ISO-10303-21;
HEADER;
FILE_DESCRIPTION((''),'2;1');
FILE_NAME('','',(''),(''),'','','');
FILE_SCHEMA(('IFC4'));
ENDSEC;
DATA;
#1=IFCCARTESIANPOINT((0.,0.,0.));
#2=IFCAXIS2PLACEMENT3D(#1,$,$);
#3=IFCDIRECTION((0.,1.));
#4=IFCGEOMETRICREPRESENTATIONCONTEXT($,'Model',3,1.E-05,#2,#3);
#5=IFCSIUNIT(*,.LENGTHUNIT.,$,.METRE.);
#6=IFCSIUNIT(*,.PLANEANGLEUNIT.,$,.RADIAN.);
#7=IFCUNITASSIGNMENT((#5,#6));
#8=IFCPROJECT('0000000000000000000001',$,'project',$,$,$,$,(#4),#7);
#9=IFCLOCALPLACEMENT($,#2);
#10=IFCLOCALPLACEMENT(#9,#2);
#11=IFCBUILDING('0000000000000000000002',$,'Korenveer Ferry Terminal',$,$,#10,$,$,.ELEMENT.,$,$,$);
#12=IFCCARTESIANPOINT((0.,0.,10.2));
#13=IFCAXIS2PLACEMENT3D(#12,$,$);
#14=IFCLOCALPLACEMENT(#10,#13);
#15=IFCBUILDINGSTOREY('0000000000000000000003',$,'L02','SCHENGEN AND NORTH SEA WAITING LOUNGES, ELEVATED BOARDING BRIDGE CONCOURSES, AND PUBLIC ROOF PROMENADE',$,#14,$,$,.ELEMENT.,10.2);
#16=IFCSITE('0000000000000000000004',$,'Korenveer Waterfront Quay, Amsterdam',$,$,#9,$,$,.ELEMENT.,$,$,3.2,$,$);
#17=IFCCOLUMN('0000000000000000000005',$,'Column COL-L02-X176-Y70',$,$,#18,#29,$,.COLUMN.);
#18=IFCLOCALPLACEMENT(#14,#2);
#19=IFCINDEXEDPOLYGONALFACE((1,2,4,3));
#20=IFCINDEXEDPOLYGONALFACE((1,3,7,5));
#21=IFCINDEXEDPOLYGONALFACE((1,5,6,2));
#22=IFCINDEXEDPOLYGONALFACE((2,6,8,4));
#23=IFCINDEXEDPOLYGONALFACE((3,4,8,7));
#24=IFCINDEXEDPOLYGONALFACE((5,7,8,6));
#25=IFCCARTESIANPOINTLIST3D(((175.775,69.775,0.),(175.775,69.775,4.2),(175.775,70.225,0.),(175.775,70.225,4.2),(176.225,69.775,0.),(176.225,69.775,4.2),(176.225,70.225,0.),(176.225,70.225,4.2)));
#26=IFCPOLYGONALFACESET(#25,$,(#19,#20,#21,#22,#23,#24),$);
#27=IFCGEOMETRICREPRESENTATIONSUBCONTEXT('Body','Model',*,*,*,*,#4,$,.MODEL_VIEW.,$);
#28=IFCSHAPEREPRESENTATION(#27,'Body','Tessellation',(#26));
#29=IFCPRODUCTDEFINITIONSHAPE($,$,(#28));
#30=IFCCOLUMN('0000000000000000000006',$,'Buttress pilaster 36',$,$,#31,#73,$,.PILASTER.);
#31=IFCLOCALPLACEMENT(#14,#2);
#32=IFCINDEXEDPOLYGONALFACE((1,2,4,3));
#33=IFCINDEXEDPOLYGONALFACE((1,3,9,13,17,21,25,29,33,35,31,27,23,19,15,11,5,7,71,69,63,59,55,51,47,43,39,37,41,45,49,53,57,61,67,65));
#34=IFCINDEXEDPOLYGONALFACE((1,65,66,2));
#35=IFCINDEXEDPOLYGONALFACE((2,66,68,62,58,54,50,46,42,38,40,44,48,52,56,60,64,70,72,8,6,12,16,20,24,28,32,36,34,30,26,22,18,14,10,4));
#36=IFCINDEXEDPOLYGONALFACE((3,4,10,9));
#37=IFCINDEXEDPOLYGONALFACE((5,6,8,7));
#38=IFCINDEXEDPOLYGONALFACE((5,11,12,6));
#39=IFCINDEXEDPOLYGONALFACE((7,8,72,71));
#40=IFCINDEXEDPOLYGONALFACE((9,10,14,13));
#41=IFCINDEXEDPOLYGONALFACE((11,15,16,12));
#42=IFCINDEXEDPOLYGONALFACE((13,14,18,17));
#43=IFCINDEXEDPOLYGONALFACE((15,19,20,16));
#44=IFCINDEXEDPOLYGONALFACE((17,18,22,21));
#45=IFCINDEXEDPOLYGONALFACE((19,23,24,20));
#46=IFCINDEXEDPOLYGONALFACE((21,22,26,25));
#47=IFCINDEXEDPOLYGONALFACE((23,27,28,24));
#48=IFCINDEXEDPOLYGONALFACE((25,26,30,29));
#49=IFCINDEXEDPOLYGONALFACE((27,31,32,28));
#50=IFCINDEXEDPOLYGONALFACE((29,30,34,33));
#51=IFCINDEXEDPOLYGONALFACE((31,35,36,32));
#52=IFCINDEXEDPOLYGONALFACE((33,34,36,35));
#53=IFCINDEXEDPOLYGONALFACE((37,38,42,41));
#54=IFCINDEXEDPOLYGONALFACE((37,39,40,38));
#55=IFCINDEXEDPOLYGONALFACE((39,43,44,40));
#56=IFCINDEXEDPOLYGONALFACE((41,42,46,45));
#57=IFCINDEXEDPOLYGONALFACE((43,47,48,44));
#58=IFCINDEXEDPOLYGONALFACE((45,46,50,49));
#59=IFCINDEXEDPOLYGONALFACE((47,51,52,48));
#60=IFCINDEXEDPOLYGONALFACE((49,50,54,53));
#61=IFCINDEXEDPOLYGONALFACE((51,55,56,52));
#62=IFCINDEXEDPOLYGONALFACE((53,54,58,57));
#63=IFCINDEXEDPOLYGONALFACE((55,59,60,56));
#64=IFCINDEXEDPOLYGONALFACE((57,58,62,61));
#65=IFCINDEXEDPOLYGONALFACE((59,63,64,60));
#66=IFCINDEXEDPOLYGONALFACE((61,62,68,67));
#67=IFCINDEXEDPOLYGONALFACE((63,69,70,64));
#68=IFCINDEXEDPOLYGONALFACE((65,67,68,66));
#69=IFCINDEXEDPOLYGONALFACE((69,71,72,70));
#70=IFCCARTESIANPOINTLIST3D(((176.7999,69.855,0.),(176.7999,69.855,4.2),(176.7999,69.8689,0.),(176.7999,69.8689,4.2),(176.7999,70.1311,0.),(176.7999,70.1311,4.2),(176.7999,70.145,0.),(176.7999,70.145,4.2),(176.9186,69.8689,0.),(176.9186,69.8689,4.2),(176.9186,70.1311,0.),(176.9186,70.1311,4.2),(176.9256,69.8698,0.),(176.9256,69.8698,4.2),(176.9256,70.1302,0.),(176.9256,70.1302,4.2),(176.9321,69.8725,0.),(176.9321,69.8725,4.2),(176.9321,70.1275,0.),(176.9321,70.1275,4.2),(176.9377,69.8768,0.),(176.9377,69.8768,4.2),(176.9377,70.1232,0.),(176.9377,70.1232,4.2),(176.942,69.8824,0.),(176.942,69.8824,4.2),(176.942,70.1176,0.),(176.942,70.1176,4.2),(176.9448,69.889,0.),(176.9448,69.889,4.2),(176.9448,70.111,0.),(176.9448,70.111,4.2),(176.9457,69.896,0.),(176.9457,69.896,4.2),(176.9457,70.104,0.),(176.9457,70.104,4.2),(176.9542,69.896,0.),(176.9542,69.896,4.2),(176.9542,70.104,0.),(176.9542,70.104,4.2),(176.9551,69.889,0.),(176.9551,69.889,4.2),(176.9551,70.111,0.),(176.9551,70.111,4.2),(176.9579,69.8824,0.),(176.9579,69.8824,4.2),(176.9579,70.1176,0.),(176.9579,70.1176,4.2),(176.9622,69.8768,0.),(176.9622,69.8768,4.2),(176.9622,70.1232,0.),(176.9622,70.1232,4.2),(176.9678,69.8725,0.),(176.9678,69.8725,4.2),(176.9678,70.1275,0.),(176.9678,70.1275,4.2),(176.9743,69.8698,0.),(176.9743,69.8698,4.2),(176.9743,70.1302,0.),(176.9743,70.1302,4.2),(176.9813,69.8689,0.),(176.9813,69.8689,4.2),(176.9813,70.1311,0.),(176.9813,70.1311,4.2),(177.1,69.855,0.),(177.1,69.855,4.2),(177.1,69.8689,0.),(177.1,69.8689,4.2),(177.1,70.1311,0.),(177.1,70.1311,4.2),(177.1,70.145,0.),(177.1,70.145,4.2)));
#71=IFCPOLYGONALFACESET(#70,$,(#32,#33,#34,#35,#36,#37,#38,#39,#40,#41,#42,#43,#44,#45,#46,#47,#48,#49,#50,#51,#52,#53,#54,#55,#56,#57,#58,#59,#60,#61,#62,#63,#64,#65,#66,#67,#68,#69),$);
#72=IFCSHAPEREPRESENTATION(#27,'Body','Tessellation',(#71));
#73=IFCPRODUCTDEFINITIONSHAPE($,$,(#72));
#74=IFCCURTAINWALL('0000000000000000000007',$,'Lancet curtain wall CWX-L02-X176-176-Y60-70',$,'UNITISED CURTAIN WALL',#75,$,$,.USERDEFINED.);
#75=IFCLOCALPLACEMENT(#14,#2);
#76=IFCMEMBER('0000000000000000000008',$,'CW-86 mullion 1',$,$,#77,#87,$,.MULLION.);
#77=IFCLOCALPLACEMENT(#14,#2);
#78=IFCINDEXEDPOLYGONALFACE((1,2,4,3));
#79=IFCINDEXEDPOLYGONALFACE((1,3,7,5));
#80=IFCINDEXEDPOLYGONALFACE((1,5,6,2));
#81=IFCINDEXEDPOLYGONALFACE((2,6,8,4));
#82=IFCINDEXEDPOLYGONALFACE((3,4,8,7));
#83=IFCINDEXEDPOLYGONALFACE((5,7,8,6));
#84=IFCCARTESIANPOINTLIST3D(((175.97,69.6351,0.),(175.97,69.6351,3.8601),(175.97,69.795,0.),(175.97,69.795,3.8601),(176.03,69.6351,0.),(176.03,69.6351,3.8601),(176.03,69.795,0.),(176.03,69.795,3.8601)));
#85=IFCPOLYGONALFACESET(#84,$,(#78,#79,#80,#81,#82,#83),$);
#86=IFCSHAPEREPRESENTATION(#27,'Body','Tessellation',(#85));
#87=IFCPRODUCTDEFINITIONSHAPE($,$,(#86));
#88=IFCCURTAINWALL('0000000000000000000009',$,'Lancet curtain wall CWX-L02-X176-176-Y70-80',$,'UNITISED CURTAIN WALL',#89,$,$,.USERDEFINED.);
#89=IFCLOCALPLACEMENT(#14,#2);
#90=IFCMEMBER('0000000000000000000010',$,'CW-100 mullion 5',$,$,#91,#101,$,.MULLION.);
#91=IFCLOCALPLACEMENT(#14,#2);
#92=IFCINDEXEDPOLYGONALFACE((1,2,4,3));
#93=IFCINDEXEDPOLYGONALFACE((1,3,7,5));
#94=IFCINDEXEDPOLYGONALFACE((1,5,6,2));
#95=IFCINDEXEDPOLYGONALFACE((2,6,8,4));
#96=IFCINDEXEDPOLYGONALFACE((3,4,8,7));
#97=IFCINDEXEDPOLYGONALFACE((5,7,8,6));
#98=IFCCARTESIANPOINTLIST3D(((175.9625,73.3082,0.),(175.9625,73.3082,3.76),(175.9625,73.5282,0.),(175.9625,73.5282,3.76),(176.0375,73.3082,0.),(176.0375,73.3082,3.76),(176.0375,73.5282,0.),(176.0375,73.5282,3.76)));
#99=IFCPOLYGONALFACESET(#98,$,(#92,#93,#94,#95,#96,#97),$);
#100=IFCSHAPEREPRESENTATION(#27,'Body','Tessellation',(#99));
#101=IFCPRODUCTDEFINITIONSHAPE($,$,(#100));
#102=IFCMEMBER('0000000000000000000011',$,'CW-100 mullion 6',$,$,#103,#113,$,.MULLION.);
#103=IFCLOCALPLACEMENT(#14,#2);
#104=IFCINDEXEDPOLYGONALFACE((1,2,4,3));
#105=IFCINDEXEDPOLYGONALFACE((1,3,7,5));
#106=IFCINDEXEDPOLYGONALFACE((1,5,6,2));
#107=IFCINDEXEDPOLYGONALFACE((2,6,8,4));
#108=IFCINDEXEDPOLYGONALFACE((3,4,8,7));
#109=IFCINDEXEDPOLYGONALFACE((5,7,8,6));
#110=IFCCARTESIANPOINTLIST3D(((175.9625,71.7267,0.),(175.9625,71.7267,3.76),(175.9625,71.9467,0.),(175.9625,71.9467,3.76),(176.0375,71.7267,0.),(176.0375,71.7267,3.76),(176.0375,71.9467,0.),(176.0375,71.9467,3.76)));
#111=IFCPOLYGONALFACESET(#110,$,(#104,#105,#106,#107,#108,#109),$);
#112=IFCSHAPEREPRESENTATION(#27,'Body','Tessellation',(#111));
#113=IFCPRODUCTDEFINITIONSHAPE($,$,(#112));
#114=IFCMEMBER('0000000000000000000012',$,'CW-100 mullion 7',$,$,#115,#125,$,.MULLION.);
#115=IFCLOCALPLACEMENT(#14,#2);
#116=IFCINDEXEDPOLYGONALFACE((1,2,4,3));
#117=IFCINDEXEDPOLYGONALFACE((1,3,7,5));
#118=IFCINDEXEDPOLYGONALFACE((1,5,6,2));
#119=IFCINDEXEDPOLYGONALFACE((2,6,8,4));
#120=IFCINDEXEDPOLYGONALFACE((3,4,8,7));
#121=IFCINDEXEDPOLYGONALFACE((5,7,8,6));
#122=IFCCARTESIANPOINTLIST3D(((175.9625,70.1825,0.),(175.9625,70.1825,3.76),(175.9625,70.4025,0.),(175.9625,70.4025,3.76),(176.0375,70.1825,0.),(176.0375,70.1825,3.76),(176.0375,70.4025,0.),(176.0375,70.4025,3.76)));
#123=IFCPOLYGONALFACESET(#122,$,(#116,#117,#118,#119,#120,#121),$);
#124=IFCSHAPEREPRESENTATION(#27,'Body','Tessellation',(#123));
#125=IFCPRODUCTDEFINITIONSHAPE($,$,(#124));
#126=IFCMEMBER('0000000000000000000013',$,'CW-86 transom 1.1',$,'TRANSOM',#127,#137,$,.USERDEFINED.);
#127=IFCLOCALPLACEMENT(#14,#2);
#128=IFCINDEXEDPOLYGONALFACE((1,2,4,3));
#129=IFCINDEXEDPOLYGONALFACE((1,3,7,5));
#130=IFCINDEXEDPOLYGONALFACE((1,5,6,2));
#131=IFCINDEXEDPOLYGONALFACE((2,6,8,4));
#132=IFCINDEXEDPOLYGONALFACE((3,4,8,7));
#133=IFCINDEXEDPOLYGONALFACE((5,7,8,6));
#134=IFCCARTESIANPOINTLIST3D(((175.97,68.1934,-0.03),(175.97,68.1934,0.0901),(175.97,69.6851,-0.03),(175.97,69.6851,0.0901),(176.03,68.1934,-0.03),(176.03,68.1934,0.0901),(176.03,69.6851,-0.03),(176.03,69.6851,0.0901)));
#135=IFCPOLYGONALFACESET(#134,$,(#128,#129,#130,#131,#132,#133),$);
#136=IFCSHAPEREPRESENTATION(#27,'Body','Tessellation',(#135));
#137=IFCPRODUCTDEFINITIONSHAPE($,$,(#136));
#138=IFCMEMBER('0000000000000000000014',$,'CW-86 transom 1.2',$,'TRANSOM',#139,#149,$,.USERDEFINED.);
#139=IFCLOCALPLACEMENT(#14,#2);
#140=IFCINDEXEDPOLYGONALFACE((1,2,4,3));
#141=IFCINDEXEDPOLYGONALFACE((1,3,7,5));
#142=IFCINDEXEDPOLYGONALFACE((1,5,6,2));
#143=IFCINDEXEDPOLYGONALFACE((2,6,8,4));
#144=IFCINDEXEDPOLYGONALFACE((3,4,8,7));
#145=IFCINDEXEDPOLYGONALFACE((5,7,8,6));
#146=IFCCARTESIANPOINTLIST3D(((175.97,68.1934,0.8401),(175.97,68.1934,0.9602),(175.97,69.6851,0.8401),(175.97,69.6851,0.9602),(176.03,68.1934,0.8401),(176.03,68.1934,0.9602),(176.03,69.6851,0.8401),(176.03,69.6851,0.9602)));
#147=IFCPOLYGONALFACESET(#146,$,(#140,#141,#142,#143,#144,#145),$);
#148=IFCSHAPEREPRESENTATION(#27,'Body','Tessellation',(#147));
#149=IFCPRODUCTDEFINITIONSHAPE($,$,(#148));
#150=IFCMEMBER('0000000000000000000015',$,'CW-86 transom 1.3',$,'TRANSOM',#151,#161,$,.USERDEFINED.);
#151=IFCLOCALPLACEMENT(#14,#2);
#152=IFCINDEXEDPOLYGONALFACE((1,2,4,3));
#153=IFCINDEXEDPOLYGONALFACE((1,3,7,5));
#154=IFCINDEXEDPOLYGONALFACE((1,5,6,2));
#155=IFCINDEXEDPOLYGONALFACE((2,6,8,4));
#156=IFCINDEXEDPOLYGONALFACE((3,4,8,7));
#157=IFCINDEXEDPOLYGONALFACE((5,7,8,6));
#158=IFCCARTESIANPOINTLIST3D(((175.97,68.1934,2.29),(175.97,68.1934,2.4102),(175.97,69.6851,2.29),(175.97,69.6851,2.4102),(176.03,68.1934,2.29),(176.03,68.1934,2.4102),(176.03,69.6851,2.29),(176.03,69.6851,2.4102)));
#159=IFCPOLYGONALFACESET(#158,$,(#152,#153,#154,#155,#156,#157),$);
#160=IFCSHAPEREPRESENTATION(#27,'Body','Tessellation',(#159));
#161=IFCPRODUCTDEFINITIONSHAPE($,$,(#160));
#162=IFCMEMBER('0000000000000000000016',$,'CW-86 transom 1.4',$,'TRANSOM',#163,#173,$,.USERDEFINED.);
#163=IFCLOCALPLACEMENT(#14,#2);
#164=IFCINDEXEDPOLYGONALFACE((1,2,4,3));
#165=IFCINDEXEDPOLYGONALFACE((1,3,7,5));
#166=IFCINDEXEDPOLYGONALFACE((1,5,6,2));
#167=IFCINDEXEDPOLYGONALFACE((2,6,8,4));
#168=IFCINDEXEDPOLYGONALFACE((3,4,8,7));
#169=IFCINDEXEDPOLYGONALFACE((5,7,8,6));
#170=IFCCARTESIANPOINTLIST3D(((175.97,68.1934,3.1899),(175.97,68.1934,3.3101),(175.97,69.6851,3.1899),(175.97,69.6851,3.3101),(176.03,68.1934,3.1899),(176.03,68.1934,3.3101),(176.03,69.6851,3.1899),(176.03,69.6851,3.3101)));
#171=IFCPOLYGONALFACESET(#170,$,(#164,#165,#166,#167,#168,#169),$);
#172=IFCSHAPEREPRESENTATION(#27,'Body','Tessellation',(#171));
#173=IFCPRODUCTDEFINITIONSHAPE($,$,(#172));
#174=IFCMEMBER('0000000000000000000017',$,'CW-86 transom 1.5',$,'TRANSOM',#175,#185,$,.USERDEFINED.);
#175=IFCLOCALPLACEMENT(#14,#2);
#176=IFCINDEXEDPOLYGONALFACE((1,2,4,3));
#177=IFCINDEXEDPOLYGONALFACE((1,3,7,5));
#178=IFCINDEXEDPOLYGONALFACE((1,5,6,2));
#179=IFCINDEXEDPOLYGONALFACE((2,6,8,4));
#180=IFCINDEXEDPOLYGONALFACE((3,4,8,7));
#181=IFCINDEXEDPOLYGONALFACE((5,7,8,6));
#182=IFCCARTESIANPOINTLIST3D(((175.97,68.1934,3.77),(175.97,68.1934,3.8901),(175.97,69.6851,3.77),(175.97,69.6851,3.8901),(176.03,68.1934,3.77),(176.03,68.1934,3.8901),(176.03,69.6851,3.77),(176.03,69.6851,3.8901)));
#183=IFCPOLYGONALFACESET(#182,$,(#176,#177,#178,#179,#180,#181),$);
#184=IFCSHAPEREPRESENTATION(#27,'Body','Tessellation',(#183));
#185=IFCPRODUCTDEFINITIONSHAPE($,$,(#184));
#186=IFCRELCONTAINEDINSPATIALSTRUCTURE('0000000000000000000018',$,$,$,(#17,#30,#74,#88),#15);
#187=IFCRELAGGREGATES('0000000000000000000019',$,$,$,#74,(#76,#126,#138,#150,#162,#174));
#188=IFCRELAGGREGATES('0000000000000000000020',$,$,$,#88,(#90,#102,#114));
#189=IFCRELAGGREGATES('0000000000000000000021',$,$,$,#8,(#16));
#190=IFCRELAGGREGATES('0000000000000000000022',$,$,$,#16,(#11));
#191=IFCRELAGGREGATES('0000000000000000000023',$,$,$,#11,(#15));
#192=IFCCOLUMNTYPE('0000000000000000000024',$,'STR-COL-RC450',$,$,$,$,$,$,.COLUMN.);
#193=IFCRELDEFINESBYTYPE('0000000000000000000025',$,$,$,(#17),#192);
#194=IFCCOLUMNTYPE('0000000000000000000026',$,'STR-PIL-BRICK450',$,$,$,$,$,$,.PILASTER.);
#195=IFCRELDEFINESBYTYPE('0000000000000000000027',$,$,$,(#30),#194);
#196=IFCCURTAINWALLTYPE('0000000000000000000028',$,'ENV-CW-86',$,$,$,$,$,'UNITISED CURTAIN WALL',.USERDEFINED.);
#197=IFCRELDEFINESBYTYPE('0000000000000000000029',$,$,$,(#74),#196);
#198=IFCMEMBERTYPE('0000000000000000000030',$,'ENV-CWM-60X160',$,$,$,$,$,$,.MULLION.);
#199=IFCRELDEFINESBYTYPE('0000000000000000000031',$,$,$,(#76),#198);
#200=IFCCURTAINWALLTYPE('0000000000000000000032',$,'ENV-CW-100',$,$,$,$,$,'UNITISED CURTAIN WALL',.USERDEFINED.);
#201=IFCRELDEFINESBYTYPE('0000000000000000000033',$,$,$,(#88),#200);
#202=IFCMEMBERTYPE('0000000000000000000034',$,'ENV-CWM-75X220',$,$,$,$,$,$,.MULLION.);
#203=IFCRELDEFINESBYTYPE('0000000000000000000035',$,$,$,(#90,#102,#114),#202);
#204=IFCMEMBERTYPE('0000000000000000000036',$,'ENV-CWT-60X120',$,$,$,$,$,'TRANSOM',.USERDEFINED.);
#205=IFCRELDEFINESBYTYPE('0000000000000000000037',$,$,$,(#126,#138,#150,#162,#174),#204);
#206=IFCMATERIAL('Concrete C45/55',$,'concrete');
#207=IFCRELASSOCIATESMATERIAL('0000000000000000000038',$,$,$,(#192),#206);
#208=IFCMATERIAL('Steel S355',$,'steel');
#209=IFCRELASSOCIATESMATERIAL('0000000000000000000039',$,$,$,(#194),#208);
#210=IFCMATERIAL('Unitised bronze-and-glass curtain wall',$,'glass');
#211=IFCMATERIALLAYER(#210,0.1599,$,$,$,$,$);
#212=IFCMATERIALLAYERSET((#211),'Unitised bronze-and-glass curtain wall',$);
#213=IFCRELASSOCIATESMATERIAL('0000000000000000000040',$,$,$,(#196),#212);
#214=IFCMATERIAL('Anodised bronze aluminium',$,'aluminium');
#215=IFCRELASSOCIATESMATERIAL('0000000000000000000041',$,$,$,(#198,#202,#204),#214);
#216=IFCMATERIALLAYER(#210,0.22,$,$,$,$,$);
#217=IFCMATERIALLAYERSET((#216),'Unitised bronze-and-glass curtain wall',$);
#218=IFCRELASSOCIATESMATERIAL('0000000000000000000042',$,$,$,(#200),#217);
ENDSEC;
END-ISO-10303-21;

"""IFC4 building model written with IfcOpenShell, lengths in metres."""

from ifc_helpers import new_model, si_unit, direction, frame, origin, origin_2d, place, context, subcontext, project, spatial, rectangle, i_section, extrude, material, layer, layer_set, material_profile, profile_set, type_object, element, aggregate, save


model = new_model("IFC4")

# Units and contexts
model_context = context("Model", 3, precision=1e-05, world=origin(), true_north=direction((0.0, 1.0)))
body_context = subcontext(model_context, "Body", "Model", "MODEL_VIEW")
ifc_project = project(units=[si_unit("LENGTHUNIT", "METRE"), si_unit("PLANEANGLEUNIT", "RADIAN")], contexts=[model_context])

# Site, building, storey
site_placement = place(None, origin())
site = spatial("IfcSite", under=ifc_project, at=site_placement, Name="Korenveer Waterfront Quay, Amsterdam", CompositionType="ELEMENT", RefElevation=3.2)
building_placement = place(site_placement, origin())
building = spatial("IfcBuilding", under=site, at=building_placement, Name="Korenveer Ferry Terminal", CompositionType="ELEMENT")
storey_placement = place(building_placement, frame((0.0, 0.0, 10.2)))
storey = spatial("IfcBuildingStorey", under=building, at=storey_placement, Name="L02", Description="SCHENGEN AND NORTH SEA WAITING LOUNGES, ELEVATED BOARDING BRIDGE CONCOURSES, AND PUBLIC ROOF PROMENADE", CompositionType="ELEMENT", Elevation=10.2)

# Columns
ifc_material_1 = material(Name="Concrete C45/55", Category="concrete")
ifc_material_profile_1 = material_profile(ifc_material_1, rectangle(XDim=0.45, YDim=0.45, at=origin_2d()), Name="RC 450x450")
ifc_profile_set_1 = profile_set([ifc_material_profile_1], Name="Concrete C45/55")
column_type_1 = type_object("IfcColumnType", Name="STR-COL-RC450", PredefinedType="COLUMN", material=ifc_profile_set_1)
column_1_placement = place(storey_placement, frame((176.0, 70.0, 0.0), z_axis=(0.0, 0.0, 1.0), x_axis=(1.0, 0.0, 0.0)))
element("IfcColumn", 1, at=column_1_placement, inside=storey, type_object=column_type_1, Name="Column COL-L02-X176-Y70", PredefinedType="COLUMN", context=body_context, shape_type="SweptSolid", body=[
    extrude(rectangle(XDim=0.45, YDim=0.45, at=origin_2d()), origin(), (0.0, 0.0, 1.0), 4.2),
])
ifc_material_2 = material(Name="Steel S355", Category="steel")
ifc_material_profile_2 = material_profile(ifc_material_2, i_section(OverallWidth=0.3, OverallDepth=0.29, WebThickness=0.0085, FlangeThickness=0.0139, FilletRadius=0.0271, at=origin_2d()), Name="HEA 300")
ifc_profile_set_2 = profile_set([ifc_material_profile_2], Name="Steel S355")
column_type_2 = type_object("IfcColumnType", Name="STR-PIL-BRICK450", PredefinedType="PILASTER", material=ifc_profile_set_2)
column_2_placement = place(storey_placement, frame((176.95, 70.0, 0.0), z_axis=(0.0, 0.0, 1.0), x_axis=(1.0, 0.0, 0.0)))
element("IfcColumn", 2, at=column_2_placement, inside=storey, type_object=column_type_2, Name="Buttress pilaster 36", PredefinedType="PILASTER", context=body_context, shape_type="SweptSolid", body=[
    extrude(i_section(OverallWidth=0.3, OverallDepth=0.29, WebThickness=0.0085, FlangeThickness=0.0139, FilletRadius=0.0271, at=origin_2d()), origin(), (0.0, 0.0, 1.0), 4.2),
])

# Curtain wall, member
ifc_material_3 = material(Name="Unitised bronze-and-glass curtain wall", Category="glass")
ifc_layer_1 = layer(ifc_material_3, 0.1599)
ifc_layer_set_1 = layer_set([ifc_layer_1], Name="Unitised bronze-and-glass curtain wall")
curtain_wall_type_1 = type_object("IfcCurtainWallType", Name="ENV-CW-86", ElementType="UNITISED CURTAIN WALL", PredefinedType="USERDEFINED", material=ifc_layer_set_1)
curtain_wall_1_placement = place(storey_placement, frame((176.0, 69.7451, 0.0)))
curtain_wall_1 = element("IfcCurtainWall", 3, at=curtain_wall_1_placement, inside=storey, type_object=curtain_wall_type_1, Name="Lancet curtain wall CWX-L02-X176-176-Y60-70", ObjectType="UNITISED CURTAIN WALL", PredefinedType="USERDEFINED")
ifc_material_4 = material(Name="Anodised bronze aluminium", Category="aluminium")
ifc_material_profile_3 = material_profile(ifc_material_4, rectangle(XDim=0.0601, YDim=0.1599, at=origin_2d()), Name="ALU 60x160")
ifc_profile_set_3 = profile_set([ifc_material_profile_3], Name="Anodised bronze aluminium")
member_type_1 = type_object("IfcMemberType", Name="ENV-CWM-60X160", PredefinedType="MULLION", material=ifc_profile_set_3)
member_1_placement = place(storey_placement, frame((176.0, 69.7151, 0.0), z_axis=(0.0, 0.0, 1.0), x_axis=(1.0, 0.0, 0.0)))
member_1 = element("IfcMember", 4, at=member_1_placement, type_object=member_type_1, Name="CW-86 mullion 1", PredefinedType="MULLION", context=body_context, shape_type="SweptSolid", body=[
    extrude(rectangle(XDim=0.0601, YDim=0.1599, at=origin_2d()), origin(), (0.0, 0.0, 1.0), 3.8601),
])

# Curtain wall, members
ifc_layer_2 = layer(ifc_material_3, 0.22)
ifc_layer_set_2 = layer_set([ifc_layer_2], Name="Unitised bronze-and-glass curtain wall")
curtain_wall_type_2 = type_object("IfcCurtainWallType", Name="ENV-CW-100", ElementType="UNITISED CURTAIN WALL", PredefinedType="USERDEFINED", material=ifc_layer_set_2)
curtain_wall_2_placement = place(storey_placement, frame((176.0, 79.7451, 0.0)))
curtain_wall_2 = element("IfcCurtainWall", 5, at=curtain_wall_2_placement, inside=storey, type_object=curtain_wall_type_2, Name="Lancet curtain wall CWX-L02-X176-176-Y70-80", ObjectType="UNITISED CURTAIN WALL", PredefinedType="USERDEFINED")
ifc_material_profile_4 = material_profile(ifc_material_4, rectangle(XDim=0.075, YDim=0.22, at=origin_2d()), Name="ALU 75x220")
ifc_profile_set_4 = profile_set([ifc_material_profile_4], Name="Anodised bronze aluminium")
member_type_2 = type_object("IfcMemberType", Name="ENV-CWM-75X220", PredefinedType="MULLION", material=ifc_profile_set_4)
member_2_placement = place(storey_placement, frame((176.0, 73.4182, 0.0), z_axis=(0.0, 0.0, 1.0), x_axis=(1.0, 0.0, 0.0)))
member_2 = element("IfcMember", 6, at=member_2_placement, type_object=member_type_2, Name="CW-100 mullion 5", PredefinedType="MULLION", context=body_context, shape_type="SweptSolid", body=[
    extrude(rectangle(XDim=0.075, YDim=0.22, at=origin_2d()), origin(), (0.0, 0.0, 1.0), 3.76),
])
member_3_placement = place(storey_placement, frame((176.0, 71.8367, 0.0), z_axis=(0.0, 0.0, 1.0), x_axis=(1.0, 0.0, 0.0)))
member_3 = element("IfcMember", 7, at=member_3_placement, type_object=member_type_2, Name="CW-100 mullion 6", PredefinedType="MULLION", context=body_context, shape_type="SweptSolid", body=[
    extrude(rectangle(XDim=0.075, YDim=0.22, at=origin_2d()), origin(), (0.0, 0.0, 1.0), 3.76),
])
member_4_placement = place(storey_placement, frame((176.0, 70.2925, 0.0), z_axis=(0.0, 0.0, 1.0), x_axis=(1.0, 0.0, 0.0)))
member_4 = element("IfcMember", 8, at=member_4_placement, type_object=member_type_2, Name="CW-100 mullion 7", PredefinedType="MULLION", context=body_context, shape_type="SweptSolid", body=[
    extrude(rectangle(XDim=0.075, YDim=0.22, at=origin_2d()), origin(), (0.0, 0.0, 1.0), 3.76),
])

# Members
ifc_material_profile_5 = material_profile(ifc_material_4, rectangle(XDim=0.0601, YDim=0.1201, at=origin_2d()), Name="ALU 60x120")
ifc_profile_set_5 = profile_set([ifc_material_profile_5], Name="Anodised bronze aluminium")
member_type_3 = type_object("IfcMemberType", Name="ENV-CWT-60X120", ElementType="TRANSOM", PredefinedType="USERDEFINED", material=ifc_profile_set_5)
member_5_placement = place(storey_placement, frame((176.0, 69.6851, 0.03), z_axis=(0.0, -1.0, 0.0), x_axis=(1.0, 0.0, 0.0)))
member_5 = element("IfcMember", 9, at=member_5_placement, type_object=member_type_3, Name="CW-86 transom 1.1", ObjectType="TRANSOM", PredefinedType="USERDEFINED", context=body_context, shape_type="SweptSolid", body=[
    extrude(rectangle(XDim=0.0601, YDim=0.1201, at=origin_2d()), origin(), (0.0, 0.0, 1.0), 1.4917),
])
member_6_placement = place(storey_placement, frame((176.0, 69.6851, 0.9001), z_axis=(0.0, -1.0, 0.0), x_axis=(1.0, 0.0, 0.0)))
member_6 = element("IfcMember", 10, at=member_6_placement, type_object=member_type_3, Name="CW-86 transom 1.2", ObjectType="TRANSOM", PredefinedType="USERDEFINED", context=body_context, shape_type="SweptSolid", body=[
    extrude(rectangle(XDim=0.0601, YDim=0.1201, at=origin_2d()), origin(), (0.0, 0.0, 1.0), 1.4917),
])
member_7_placement = place(storey_placement, frame((176.0, 69.6851, 2.3501), z_axis=(0.0, -1.0, 0.0), x_axis=(1.0, 0.0, 0.0)))
member_7 = element("IfcMember", 11, at=member_7_placement, type_object=member_type_3, Name="CW-86 transom 1.3", ObjectType="TRANSOM", PredefinedType="USERDEFINED", context=body_context, shape_type="SweptSolid", body=[
    extrude(rectangle(XDim=0.0601, YDim=0.1201, at=origin_2d()), origin(), (0.0, 0.0, 1.0), 1.4917),
])
member_8_placement = place(storey_placement, frame((176.0, 69.6851, 3.25), z_axis=(0.0, -1.0, 0.0), x_axis=(1.0, 0.0, 0.0)))
member_8 = element("IfcMember", 12, at=member_8_placement, type_object=member_type_3, Name="CW-86 transom 1.4", ObjectType="TRANSOM", PredefinedType="USERDEFINED", context=body_context, shape_type="SweptSolid", body=[
    extrude(rectangle(XDim=0.0601, YDim=0.1201, at=origin_2d()), origin(), (0.0, 0.0, 1.0), 1.4917),
])
member_9_placement = place(storey_placement, frame((176.0, 69.6851, 3.8301), z_axis=(0.0, -1.0, 0.0), x_axis=(1.0, 0.0, 0.0)))
member_9 = element("IfcMember", 13, at=member_9_placement, type_object=member_type_3, Name="CW-86 transom 1.5", ObjectType="TRANSOM", PredefinedType="USERDEFINED", context=body_context, shape_type="SweptSolid", body=[
    extrude(rectangle(XDim=0.0601, YDim=0.1201, at=origin_2d()), origin(), (0.0, 0.0, 1.0), 1.4917),
])
aggregate(curtain_wall_1, [member_1, member_5, member_6, member_7, member_8, member_9])

aggregate(curtain_wall_2, [member_2, member_3, member_4])

save(model, "model.ifc")
